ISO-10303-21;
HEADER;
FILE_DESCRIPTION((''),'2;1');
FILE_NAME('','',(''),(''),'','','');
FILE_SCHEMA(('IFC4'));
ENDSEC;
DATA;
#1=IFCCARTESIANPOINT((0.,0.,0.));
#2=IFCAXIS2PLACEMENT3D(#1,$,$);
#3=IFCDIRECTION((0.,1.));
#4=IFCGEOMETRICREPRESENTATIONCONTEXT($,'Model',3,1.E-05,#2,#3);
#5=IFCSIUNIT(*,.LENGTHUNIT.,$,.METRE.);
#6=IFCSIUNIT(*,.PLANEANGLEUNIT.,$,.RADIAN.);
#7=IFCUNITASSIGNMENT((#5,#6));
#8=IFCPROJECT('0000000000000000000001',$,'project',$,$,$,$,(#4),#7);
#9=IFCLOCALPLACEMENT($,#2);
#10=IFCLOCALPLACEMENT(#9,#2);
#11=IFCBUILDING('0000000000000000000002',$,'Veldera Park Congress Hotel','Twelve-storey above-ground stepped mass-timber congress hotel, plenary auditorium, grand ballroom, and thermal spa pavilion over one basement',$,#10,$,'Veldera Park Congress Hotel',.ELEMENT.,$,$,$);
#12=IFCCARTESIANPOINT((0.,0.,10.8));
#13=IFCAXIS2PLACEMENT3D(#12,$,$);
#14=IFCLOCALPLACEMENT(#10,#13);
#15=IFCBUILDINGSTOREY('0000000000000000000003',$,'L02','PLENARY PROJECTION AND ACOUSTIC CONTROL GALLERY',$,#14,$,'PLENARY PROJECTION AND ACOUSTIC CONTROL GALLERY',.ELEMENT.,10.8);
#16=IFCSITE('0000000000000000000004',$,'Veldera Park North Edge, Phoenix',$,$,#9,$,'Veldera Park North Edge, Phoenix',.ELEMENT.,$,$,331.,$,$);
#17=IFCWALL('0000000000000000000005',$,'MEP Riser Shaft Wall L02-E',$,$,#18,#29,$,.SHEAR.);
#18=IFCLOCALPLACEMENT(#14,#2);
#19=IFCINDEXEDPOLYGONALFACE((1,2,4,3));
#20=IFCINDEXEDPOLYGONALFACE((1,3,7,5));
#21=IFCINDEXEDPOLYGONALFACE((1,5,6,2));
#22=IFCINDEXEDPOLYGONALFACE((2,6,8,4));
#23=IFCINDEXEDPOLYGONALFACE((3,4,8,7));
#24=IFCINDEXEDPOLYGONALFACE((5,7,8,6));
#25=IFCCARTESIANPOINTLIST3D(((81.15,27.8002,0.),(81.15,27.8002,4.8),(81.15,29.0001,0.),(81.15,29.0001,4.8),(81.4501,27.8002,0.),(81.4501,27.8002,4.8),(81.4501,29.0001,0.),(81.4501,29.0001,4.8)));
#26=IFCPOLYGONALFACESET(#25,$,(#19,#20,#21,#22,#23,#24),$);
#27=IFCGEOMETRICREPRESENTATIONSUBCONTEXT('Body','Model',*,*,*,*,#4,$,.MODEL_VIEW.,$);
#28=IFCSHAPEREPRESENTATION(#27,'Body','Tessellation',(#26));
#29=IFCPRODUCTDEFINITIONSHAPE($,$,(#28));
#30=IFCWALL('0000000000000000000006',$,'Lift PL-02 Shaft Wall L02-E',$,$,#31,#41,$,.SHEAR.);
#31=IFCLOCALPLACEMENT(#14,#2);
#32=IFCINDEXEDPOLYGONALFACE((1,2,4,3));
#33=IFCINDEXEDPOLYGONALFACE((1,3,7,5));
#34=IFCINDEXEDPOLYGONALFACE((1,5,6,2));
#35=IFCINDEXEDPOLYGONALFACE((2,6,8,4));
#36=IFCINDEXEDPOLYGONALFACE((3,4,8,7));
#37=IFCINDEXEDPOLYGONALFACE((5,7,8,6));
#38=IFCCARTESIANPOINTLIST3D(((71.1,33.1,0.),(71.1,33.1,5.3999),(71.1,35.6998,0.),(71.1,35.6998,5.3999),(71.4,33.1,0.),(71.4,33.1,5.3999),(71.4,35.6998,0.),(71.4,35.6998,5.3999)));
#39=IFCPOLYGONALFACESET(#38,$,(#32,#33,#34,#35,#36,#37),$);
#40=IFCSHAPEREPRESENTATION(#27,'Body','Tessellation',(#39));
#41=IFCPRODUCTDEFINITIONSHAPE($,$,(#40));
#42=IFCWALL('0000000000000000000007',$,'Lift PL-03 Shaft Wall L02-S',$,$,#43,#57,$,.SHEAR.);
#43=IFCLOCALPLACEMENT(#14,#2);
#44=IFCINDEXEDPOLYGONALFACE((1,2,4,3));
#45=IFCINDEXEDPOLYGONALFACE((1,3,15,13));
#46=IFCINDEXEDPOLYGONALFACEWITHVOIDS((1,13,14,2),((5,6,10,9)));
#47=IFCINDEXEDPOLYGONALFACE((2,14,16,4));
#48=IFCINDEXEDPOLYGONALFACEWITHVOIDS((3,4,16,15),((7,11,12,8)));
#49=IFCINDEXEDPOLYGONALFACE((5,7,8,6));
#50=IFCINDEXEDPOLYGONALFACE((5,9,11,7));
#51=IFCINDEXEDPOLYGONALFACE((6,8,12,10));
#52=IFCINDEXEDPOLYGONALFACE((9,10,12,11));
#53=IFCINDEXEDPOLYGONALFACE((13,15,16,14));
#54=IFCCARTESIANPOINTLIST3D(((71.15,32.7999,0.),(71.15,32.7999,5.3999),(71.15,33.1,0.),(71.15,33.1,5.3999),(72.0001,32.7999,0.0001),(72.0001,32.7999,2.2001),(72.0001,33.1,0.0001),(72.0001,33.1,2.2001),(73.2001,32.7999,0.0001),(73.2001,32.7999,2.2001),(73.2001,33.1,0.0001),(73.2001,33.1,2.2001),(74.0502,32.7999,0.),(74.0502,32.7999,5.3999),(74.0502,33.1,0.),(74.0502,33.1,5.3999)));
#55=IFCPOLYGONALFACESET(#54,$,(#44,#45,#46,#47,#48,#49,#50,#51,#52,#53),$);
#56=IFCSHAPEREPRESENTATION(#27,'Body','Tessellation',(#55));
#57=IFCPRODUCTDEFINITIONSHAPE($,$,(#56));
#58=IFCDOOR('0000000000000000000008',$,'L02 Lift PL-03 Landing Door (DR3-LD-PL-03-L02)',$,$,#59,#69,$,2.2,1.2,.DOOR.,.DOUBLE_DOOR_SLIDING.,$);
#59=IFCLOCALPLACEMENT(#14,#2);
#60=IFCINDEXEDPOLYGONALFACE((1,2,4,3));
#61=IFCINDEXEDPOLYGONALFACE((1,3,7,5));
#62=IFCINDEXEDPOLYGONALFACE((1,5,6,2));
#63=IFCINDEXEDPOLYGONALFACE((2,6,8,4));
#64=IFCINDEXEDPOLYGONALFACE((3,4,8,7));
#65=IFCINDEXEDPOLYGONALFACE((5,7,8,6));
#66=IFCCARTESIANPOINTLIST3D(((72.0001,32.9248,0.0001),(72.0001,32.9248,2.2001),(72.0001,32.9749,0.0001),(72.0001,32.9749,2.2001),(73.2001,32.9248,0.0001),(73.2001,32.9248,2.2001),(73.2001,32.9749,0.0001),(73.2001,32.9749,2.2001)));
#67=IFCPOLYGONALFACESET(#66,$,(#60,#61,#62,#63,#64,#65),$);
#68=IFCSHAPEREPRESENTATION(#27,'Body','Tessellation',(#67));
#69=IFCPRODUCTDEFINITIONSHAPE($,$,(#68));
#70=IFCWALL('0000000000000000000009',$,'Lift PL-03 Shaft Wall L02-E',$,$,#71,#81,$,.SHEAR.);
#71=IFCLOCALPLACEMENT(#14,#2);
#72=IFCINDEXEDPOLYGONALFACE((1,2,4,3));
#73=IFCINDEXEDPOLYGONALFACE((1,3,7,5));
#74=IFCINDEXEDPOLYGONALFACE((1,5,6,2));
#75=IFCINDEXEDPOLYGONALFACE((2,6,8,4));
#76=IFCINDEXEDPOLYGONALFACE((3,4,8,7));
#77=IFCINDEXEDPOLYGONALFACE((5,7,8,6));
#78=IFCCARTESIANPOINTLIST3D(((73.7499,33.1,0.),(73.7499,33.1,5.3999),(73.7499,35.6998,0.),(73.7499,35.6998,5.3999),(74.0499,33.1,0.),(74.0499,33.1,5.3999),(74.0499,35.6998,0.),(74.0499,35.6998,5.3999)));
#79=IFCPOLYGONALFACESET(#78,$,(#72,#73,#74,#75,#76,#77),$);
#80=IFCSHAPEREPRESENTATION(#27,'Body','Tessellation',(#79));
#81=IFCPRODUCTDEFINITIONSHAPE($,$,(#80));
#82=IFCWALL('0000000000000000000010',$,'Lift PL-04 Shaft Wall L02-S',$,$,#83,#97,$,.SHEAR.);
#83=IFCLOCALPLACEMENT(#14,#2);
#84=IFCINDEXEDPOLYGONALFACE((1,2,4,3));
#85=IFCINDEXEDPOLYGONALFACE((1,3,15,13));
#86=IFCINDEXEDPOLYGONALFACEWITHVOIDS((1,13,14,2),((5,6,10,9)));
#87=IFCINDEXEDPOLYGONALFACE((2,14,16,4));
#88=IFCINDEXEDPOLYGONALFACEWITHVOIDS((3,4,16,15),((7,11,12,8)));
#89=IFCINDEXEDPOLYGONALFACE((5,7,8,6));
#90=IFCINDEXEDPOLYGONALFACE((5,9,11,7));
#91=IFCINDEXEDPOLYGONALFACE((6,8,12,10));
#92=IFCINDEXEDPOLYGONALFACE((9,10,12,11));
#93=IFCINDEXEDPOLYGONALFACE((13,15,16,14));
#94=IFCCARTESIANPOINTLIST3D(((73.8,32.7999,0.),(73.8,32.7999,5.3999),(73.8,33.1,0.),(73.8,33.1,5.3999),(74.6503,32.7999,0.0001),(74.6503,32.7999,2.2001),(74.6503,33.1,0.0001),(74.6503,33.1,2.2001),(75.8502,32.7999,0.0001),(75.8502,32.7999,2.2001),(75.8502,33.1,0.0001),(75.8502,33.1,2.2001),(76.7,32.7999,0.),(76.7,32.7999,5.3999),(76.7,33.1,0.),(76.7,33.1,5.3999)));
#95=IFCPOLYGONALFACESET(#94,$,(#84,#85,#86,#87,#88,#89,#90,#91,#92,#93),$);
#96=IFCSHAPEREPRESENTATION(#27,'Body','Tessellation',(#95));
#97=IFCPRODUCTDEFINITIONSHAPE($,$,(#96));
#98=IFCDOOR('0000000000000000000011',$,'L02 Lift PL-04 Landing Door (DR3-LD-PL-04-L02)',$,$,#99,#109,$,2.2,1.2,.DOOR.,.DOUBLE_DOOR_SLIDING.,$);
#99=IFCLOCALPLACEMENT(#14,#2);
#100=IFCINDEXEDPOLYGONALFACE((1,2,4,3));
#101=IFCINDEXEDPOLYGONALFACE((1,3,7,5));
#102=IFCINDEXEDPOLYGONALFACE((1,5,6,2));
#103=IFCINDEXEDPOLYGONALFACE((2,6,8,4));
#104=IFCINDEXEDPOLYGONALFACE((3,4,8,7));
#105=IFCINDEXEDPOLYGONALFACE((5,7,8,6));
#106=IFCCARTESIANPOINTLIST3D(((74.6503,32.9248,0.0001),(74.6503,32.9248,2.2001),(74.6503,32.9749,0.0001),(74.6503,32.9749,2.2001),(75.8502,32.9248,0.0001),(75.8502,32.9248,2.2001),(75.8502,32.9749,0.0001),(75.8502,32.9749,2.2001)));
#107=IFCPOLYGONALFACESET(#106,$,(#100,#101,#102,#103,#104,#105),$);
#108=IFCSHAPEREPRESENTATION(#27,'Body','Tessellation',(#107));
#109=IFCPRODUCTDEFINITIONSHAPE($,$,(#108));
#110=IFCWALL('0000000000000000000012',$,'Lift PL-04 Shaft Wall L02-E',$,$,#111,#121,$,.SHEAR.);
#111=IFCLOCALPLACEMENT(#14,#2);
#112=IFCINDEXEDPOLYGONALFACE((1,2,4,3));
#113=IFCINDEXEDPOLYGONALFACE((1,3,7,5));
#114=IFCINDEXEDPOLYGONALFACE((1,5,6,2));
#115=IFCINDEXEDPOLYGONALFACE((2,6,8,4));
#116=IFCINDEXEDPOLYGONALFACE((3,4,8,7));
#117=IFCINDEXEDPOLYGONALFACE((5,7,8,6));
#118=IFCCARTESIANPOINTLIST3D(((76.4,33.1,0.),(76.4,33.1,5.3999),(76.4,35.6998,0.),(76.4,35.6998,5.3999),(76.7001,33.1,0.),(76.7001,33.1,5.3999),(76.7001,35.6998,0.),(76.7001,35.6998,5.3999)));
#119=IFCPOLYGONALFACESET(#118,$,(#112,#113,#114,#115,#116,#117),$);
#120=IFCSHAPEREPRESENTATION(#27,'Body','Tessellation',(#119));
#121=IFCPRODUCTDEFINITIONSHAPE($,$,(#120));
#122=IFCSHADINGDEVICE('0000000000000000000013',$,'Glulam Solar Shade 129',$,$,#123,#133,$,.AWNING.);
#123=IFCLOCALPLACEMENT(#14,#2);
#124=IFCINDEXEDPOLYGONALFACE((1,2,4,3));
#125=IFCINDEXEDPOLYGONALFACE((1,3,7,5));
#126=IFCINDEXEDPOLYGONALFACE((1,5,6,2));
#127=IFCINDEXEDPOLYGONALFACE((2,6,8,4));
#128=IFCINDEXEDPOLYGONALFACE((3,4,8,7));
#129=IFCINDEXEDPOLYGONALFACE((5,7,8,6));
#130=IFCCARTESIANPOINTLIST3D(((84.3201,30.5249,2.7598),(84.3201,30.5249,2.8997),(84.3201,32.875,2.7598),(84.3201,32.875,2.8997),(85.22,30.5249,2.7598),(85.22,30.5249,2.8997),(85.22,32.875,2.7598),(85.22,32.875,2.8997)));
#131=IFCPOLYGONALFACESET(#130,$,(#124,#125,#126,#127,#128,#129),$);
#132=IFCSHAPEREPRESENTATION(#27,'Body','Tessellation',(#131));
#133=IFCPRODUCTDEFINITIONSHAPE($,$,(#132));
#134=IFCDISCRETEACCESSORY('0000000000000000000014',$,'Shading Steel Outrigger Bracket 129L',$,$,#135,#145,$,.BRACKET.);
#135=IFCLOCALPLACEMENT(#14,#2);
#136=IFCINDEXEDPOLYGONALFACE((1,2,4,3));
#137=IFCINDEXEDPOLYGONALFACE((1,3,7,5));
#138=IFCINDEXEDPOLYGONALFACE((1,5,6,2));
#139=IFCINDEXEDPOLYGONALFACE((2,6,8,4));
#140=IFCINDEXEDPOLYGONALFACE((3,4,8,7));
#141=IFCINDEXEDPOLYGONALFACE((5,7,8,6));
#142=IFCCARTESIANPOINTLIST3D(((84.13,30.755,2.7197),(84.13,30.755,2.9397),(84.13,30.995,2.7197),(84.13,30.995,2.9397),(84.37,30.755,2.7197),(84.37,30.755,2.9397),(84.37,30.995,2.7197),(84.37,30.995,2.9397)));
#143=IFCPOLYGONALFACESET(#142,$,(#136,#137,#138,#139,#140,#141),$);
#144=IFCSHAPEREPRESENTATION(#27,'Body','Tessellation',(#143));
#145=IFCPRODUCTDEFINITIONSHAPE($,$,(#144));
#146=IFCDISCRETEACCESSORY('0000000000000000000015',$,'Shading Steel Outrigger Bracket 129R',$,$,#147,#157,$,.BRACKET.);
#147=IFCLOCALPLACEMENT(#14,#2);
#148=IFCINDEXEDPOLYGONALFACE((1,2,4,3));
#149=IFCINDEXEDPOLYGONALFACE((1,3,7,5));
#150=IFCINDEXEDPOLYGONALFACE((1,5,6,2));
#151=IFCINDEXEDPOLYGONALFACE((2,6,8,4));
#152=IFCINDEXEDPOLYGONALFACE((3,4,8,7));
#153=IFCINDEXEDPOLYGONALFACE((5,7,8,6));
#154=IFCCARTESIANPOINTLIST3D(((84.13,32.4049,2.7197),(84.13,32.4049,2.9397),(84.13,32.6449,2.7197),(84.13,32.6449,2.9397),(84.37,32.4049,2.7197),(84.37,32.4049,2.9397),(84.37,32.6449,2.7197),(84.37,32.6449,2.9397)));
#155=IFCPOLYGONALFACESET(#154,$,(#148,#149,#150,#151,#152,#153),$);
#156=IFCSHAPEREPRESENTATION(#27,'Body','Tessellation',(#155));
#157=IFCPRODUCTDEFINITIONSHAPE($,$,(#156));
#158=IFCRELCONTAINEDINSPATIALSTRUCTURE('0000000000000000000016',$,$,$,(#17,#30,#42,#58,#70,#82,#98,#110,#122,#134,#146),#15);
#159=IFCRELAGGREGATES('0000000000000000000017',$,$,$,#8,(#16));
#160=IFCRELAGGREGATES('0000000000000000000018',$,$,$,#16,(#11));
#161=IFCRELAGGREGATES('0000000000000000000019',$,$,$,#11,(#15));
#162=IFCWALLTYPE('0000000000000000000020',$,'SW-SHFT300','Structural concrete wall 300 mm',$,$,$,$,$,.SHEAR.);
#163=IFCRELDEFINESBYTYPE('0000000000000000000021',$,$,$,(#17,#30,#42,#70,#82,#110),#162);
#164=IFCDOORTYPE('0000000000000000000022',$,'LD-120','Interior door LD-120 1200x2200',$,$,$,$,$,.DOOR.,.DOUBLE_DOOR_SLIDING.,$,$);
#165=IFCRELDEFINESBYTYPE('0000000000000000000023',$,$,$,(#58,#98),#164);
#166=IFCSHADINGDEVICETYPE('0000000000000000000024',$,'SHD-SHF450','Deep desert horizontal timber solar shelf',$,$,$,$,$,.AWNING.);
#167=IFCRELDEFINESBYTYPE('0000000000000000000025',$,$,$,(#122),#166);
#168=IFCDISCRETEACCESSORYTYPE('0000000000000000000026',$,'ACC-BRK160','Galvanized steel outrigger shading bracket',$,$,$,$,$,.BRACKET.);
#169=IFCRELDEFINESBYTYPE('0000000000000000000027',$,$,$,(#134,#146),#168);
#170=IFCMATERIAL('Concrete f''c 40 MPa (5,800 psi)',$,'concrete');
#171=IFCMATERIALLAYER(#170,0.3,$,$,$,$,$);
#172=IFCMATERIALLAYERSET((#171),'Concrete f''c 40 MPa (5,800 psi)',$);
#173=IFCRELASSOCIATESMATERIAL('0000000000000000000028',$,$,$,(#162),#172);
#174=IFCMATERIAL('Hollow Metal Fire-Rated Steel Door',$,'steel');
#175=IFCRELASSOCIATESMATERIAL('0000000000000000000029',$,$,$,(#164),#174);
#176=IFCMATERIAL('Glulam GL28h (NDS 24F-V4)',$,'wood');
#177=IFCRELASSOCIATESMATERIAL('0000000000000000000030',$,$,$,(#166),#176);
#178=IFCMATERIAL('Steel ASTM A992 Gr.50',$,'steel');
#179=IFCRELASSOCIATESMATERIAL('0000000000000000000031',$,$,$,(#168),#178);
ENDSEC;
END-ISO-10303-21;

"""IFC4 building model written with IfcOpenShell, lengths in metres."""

from ifc_helpers import new_model, si_unit, direction, frame, frame_2d, origin, origin_2d, place, context, subcontext, project, spatial, rectangle, extrude, material, layer, layer_set, type_object, element, fill, save


model = new_model("IFC4")

# Units and contexts
model_context = context("Model", 3, precision=1e-05, world=origin(), true_north=direction((0.0, 1.0)))
body_context = subcontext(model_context, "Body", "Model", "MODEL_VIEW")
ifc_project = project(units=[si_unit("LENGTHUNIT", "METRE"), si_unit("PLANEANGLEUNIT", "RADIAN")], contexts=[model_context])

# Site, building, storey
site_placement = place(None, origin())
site = spatial("IfcSite", under=ifc_project, at=site_placement, Name="Veldera Park North Edge, Phoenix", LongName="Veldera Park North Edge, Phoenix", CompositionType="ELEMENT", RefElevation=331.0)
building_placement = place(site_placement, origin())
building = spatial("IfcBuilding", under=site, at=building_placement, Name="Veldera Park Congress Hotel", Description="Twelve-storey above-ground stepped mass-timber congress hotel, plenary auditorium, grand ballroom, and thermal spa pavilion over one basement", LongName="Veldera Park Congress Hotel", CompositionType="ELEMENT")
storey_placement = place(building_placement, frame((0.0, 0.0, 10.8)))
storey = spatial("IfcBuildingStorey", under=building, at=storey_placement, Name="L02", Description="PLENARY PROJECTION AND ACOUSTIC CONTROL GALLERY", LongName="PLENARY PROJECTION AND ACOUSTIC CONTROL GALLERY", CompositionType="ELEMENT", Elevation=10.8)

# Shared definitions
ifc_material_1 = material(Name="Glulam GL28h (NDS 24F-V4)", Category="wood")
ifc_material_2 = material(Name="Steel ASTM A992 Gr.50", Category="steel")

# Walls
ifc_material_3 = material(Name="Concrete f'c 40 MPa (5,800 psi)", Category="concrete")
ifc_layer_1 = layer(ifc_material_3, 0.3)
ifc_layer_set_1 = layer_set([ifc_layer_1], Name="Concrete f'c 40 MPa (5,800 psi)")
wall_type_1 = type_object("IfcWallType", Name="SW-SHFT300", Description="Structural concrete wall 300 mm", PredefinedType="SHEAR", material=ifc_layer_set_1)
for number, where, z_axis, x_axis, name in (
    (1, (81.3, 27.8, 0.0), (0.0, 0.0, 1.0), (0.0, 1.0, 0.0), "MEP Riser Shaft Wall L02-E"),
):
    element("IfcWall", number, at=place(storey_placement, frame(where, z_axis=z_axis, x_axis=x_axis)), inside=storey, type_object=wall_type_1, Name=name, PredefinedType="SHEAR", context=body_context, shape_type="SweptSolid", body=[
        extrude(rectangle(XDim=1.2, YDim=0.3, at=frame_2d((0.6001, 0.0))), origin(), (0.0, 0.0, 1.0), 4.8),
    ])
wall_1_placement = place(storey_placement, frame((71.25, 33.1001, 0.0), z_axis=(0.0, 0.0, 1.0), x_axis=(0.0, 1.0, 0.0)))
element("IfcWall", 2, at=wall_1_placement, inside=storey, type_object=wall_type_1, Name="Lift PL-02 Shaft Wall L02-E", PredefinedType="SHEAR", context=body_context, shape_type="SweptSolid", body=[
    extrude(rectangle(XDim=2.5999, YDim=0.3, at=frame_2d((1.2998, 0.0))), origin(), (0.0, 0.0, 1.0), 5.3999),
])

# Wall, opening, door
wall_2_placement = place(storey_placement, frame((71.1499, 32.95, 0.0), z_axis=(0.0, 0.0, 1.0), x_axis=(1.0, 0.0, 0.0)))
wall_2 = element("IfcWall", 3, at=wall_2_placement, inside=storey, type_object=wall_type_1, Name="Lift PL-03 Shaft Wall L02-S", PredefinedType="SHEAR", context=body_context, shape_type="SweptSolid", body=[
    extrude(rectangle(XDim=2.9001, YDim=0.3, at=frame_2d((1.4502, 0.0))), origin(), (0.0, 0.0, 1.0), 5.3999),
])
opening_1_placement = place(wall_2_placement, frame((0.8501, 0.0, 0.0)))
opening_1 = element("IfcOpeningElement", 4, at=opening_1_placement, cuts=wall_2, PredefinedType="OPENING", context=body_context, shape_type="SweptSolid", body=[
    extrude(rectangle(XDim=1.2, YDim=2.2, at=frame_2d((0.6001, 1.1001))), frame((0.0, 0.1621, 0.0), z_axis=(0.0, -1.0, 0.0), x_axis=(1.0, 0.0, 0.0)), (0.0, 0.0, 1.0), 0.324),
])
ifc_material_4 = material(Name="Hollow Metal Fire-Rated Steel Door", Category="steel")
door_type_1 = type_object("IfcDoorType", Name="LD-120", Description="Interior door LD-120 1200x2200", OperationType="DOUBLE_DOOR_SLIDING", PredefinedType="DOOR", material=ifc_material_4)
door_1_placement = place(opening_1_placement, origin())
door_1 = element("IfcDoor", 5, at=door_1_placement, inside=storey, type_object=door_type_1, Name="L02 Lift PL-03 Landing Door (DR3-LD-PL-03-L02)", OperationType="DOUBLE_DOOR_SLIDING", OverallHeight=2.2, OverallWidth=1.2, PredefinedType="DOOR", context=body_context, shape_type="SweptSolid", body=[
    extrude(rectangle(XDim=1.2, YDim=2.2, at=frame_2d((0.6001, 1.1001))), frame((0.0, 0.0249, 0.0), z_axis=(0.0, -1.0, 0.0), x_axis=(1.0, 0.0, 0.0)), (0.0, 0.0, 1.0), 0.05),
])
fill(opening_1, door_1)

# Wall
wall_3_placement = place(storey_placement, frame((73.8999, 33.1001, 0.0), z_axis=(0.0, 0.0, 1.0), x_axis=(0.0, 1.0, 0.0)))
element("IfcWall", 6, at=wall_3_placement, inside=storey, type_object=wall_type_1, Name="Lift PL-03 Shaft Wall L02-E", PredefinedType="SHEAR", context=body_context, shape_type="SweptSolid", body=[
    extrude(rectangle(XDim=2.5999, YDim=0.3, at=frame_2d((1.2998, 0.0))), origin(), (0.0, 0.0, 1.0), 5.3999),
])

# Wall, opening, door
wall_4_placement = place(storey_placement, frame((73.8, 32.95, 0.0), z_axis=(0.0, 0.0, 1.0), x_axis=(1.0, 0.0, 0.0)))
wall_4 = element("IfcWall", 7, at=wall_4_placement, inside=storey, type_object=wall_type_1, Name="Lift PL-04 Shaft Wall L02-S", PredefinedType="SHEAR", context=body_context, shape_type="SweptSolid", body=[
    extrude(rectangle(XDim=2.8999, YDim=0.3, at=frame_2d((1.45, 0.0))), origin(), (0.0, 0.0, 1.0), 5.3999),
])
opening_2_placement = place(wall_4_placement, frame((0.8501, 0.0, 0.0)))
opening_2 = element("IfcOpeningElement", 8, at=opening_2_placement, cuts=wall_4, PredefinedType="OPENING", context=body_context, shape_type="SweptSolid", body=[
    extrude(rectangle(XDim=1.2, YDim=2.2, at=frame_2d((0.6001, 1.1001))), frame((0.0, 0.1621, 0.0), z_axis=(0.0, -1.0, 0.0), x_axis=(1.0, 0.0, 0.0)), (0.0, 0.0, 1.0), 0.324),
])
door_2_placement = place(opening_2_placement, origin())
door_2 = element("IfcDoor", 9, at=door_2_placement, inside=storey, type_object=door_type_1, Name="L02 Lift PL-04 Landing Door (DR3-LD-PL-04-L02)", OperationType="DOUBLE_DOOR_SLIDING", OverallHeight=2.2, OverallWidth=1.2, PredefinedType="DOOR", context=body_context, shape_type="SweptSolid", body=[
    extrude(rectangle(XDim=1.2, YDim=2.2, at=frame_2d((0.6001, 1.1001))), frame((0.0, 0.0249, 0.0), z_axis=(0.0, -1.0, 0.0), x_axis=(1.0, 0.0, 0.0)), (0.0, 0.0, 1.0), 0.05),
])
fill(opening_2, door_2)

# Wall
wall_5_placement = place(storey_placement, frame((76.55, 33.1001, 0.0), z_axis=(0.0, 0.0, 1.0), x_axis=(0.0, 1.0, 0.0)))
element("IfcWall", 10, at=wall_5_placement, inside=storey, type_object=wall_type_1, Name="Lift PL-04 Shaft Wall L02-E", PredefinedType="SHEAR", context=body_context, shape_type="SweptSolid", body=[
    extrude(rectangle(XDim=2.5999, YDim=0.3, at=frame_2d((1.2998, 0.0))), origin(), (0.0, 0.0, 1.0), 5.3999),
])

# Shading device
shading_device_type = type_object("IfcShadingDeviceType", Name="SHD-SHF450", Description="Deep desert horizontal timber solar shelf", PredefinedType="AWNING", material=ifc_material_1)
shading_device_placement = place(storey_placement, frame((84.77, 31.7, 2.7598), z_axis=(0.0, 0.0, 1.0), x_axis=(0.0, 1.0, 0.0)))
element("IfcShadingDevice", 11, at=shading_device_placement, inside=storey, type_object=shading_device_type, Name="Glulam Solar Shade 129", PredefinedType="AWNING", context=body_context, shape_type="SweptSolid", body=[
    extrude(rectangle(XDim=2.3501, YDim=0.8999, at=origin_2d()), origin(), (0.0, 0.0, 1.0), 0.1399),
])

# Discrete accessories
discrete_accessory_type = type_object("IfcDiscreteAccessoryType", Name="ACC-BRK160", Description="Galvanized steel outrigger shading bracket", PredefinedType="BRACKET", material=ifc_material_2)
for number, where, z_axis, x_axis, name in (
    (12, (84.25, 30.875, 2.7197), (0.0, 0.0, 1.0), (0.0, 1.0, 0.0), "Shading Steel Outrigger Bracket 129L"),
    (13, (84.25, 32.5249, 2.7197), (0.0, 0.0, 1.0), (0.0, 1.0, 0.0), "Shading Steel Outrigger Bracket 129R"),
):
    element("IfcDiscreteAccessory", number, at=place(storey_placement, frame(where, z_axis=z_axis, x_axis=x_axis)), inside=storey, type_object=discrete_accessory_type, Name=name, PredefinedType="BRACKET", context=body_context, shape_type="SweptSolid", body=[
        extrude(rectangle(XDim=0.24, YDim=0.24, at=origin_2d()), origin(), (0.0, 0.0, 1.0), 0.22),
    ])

save(model, "model.ifc")
